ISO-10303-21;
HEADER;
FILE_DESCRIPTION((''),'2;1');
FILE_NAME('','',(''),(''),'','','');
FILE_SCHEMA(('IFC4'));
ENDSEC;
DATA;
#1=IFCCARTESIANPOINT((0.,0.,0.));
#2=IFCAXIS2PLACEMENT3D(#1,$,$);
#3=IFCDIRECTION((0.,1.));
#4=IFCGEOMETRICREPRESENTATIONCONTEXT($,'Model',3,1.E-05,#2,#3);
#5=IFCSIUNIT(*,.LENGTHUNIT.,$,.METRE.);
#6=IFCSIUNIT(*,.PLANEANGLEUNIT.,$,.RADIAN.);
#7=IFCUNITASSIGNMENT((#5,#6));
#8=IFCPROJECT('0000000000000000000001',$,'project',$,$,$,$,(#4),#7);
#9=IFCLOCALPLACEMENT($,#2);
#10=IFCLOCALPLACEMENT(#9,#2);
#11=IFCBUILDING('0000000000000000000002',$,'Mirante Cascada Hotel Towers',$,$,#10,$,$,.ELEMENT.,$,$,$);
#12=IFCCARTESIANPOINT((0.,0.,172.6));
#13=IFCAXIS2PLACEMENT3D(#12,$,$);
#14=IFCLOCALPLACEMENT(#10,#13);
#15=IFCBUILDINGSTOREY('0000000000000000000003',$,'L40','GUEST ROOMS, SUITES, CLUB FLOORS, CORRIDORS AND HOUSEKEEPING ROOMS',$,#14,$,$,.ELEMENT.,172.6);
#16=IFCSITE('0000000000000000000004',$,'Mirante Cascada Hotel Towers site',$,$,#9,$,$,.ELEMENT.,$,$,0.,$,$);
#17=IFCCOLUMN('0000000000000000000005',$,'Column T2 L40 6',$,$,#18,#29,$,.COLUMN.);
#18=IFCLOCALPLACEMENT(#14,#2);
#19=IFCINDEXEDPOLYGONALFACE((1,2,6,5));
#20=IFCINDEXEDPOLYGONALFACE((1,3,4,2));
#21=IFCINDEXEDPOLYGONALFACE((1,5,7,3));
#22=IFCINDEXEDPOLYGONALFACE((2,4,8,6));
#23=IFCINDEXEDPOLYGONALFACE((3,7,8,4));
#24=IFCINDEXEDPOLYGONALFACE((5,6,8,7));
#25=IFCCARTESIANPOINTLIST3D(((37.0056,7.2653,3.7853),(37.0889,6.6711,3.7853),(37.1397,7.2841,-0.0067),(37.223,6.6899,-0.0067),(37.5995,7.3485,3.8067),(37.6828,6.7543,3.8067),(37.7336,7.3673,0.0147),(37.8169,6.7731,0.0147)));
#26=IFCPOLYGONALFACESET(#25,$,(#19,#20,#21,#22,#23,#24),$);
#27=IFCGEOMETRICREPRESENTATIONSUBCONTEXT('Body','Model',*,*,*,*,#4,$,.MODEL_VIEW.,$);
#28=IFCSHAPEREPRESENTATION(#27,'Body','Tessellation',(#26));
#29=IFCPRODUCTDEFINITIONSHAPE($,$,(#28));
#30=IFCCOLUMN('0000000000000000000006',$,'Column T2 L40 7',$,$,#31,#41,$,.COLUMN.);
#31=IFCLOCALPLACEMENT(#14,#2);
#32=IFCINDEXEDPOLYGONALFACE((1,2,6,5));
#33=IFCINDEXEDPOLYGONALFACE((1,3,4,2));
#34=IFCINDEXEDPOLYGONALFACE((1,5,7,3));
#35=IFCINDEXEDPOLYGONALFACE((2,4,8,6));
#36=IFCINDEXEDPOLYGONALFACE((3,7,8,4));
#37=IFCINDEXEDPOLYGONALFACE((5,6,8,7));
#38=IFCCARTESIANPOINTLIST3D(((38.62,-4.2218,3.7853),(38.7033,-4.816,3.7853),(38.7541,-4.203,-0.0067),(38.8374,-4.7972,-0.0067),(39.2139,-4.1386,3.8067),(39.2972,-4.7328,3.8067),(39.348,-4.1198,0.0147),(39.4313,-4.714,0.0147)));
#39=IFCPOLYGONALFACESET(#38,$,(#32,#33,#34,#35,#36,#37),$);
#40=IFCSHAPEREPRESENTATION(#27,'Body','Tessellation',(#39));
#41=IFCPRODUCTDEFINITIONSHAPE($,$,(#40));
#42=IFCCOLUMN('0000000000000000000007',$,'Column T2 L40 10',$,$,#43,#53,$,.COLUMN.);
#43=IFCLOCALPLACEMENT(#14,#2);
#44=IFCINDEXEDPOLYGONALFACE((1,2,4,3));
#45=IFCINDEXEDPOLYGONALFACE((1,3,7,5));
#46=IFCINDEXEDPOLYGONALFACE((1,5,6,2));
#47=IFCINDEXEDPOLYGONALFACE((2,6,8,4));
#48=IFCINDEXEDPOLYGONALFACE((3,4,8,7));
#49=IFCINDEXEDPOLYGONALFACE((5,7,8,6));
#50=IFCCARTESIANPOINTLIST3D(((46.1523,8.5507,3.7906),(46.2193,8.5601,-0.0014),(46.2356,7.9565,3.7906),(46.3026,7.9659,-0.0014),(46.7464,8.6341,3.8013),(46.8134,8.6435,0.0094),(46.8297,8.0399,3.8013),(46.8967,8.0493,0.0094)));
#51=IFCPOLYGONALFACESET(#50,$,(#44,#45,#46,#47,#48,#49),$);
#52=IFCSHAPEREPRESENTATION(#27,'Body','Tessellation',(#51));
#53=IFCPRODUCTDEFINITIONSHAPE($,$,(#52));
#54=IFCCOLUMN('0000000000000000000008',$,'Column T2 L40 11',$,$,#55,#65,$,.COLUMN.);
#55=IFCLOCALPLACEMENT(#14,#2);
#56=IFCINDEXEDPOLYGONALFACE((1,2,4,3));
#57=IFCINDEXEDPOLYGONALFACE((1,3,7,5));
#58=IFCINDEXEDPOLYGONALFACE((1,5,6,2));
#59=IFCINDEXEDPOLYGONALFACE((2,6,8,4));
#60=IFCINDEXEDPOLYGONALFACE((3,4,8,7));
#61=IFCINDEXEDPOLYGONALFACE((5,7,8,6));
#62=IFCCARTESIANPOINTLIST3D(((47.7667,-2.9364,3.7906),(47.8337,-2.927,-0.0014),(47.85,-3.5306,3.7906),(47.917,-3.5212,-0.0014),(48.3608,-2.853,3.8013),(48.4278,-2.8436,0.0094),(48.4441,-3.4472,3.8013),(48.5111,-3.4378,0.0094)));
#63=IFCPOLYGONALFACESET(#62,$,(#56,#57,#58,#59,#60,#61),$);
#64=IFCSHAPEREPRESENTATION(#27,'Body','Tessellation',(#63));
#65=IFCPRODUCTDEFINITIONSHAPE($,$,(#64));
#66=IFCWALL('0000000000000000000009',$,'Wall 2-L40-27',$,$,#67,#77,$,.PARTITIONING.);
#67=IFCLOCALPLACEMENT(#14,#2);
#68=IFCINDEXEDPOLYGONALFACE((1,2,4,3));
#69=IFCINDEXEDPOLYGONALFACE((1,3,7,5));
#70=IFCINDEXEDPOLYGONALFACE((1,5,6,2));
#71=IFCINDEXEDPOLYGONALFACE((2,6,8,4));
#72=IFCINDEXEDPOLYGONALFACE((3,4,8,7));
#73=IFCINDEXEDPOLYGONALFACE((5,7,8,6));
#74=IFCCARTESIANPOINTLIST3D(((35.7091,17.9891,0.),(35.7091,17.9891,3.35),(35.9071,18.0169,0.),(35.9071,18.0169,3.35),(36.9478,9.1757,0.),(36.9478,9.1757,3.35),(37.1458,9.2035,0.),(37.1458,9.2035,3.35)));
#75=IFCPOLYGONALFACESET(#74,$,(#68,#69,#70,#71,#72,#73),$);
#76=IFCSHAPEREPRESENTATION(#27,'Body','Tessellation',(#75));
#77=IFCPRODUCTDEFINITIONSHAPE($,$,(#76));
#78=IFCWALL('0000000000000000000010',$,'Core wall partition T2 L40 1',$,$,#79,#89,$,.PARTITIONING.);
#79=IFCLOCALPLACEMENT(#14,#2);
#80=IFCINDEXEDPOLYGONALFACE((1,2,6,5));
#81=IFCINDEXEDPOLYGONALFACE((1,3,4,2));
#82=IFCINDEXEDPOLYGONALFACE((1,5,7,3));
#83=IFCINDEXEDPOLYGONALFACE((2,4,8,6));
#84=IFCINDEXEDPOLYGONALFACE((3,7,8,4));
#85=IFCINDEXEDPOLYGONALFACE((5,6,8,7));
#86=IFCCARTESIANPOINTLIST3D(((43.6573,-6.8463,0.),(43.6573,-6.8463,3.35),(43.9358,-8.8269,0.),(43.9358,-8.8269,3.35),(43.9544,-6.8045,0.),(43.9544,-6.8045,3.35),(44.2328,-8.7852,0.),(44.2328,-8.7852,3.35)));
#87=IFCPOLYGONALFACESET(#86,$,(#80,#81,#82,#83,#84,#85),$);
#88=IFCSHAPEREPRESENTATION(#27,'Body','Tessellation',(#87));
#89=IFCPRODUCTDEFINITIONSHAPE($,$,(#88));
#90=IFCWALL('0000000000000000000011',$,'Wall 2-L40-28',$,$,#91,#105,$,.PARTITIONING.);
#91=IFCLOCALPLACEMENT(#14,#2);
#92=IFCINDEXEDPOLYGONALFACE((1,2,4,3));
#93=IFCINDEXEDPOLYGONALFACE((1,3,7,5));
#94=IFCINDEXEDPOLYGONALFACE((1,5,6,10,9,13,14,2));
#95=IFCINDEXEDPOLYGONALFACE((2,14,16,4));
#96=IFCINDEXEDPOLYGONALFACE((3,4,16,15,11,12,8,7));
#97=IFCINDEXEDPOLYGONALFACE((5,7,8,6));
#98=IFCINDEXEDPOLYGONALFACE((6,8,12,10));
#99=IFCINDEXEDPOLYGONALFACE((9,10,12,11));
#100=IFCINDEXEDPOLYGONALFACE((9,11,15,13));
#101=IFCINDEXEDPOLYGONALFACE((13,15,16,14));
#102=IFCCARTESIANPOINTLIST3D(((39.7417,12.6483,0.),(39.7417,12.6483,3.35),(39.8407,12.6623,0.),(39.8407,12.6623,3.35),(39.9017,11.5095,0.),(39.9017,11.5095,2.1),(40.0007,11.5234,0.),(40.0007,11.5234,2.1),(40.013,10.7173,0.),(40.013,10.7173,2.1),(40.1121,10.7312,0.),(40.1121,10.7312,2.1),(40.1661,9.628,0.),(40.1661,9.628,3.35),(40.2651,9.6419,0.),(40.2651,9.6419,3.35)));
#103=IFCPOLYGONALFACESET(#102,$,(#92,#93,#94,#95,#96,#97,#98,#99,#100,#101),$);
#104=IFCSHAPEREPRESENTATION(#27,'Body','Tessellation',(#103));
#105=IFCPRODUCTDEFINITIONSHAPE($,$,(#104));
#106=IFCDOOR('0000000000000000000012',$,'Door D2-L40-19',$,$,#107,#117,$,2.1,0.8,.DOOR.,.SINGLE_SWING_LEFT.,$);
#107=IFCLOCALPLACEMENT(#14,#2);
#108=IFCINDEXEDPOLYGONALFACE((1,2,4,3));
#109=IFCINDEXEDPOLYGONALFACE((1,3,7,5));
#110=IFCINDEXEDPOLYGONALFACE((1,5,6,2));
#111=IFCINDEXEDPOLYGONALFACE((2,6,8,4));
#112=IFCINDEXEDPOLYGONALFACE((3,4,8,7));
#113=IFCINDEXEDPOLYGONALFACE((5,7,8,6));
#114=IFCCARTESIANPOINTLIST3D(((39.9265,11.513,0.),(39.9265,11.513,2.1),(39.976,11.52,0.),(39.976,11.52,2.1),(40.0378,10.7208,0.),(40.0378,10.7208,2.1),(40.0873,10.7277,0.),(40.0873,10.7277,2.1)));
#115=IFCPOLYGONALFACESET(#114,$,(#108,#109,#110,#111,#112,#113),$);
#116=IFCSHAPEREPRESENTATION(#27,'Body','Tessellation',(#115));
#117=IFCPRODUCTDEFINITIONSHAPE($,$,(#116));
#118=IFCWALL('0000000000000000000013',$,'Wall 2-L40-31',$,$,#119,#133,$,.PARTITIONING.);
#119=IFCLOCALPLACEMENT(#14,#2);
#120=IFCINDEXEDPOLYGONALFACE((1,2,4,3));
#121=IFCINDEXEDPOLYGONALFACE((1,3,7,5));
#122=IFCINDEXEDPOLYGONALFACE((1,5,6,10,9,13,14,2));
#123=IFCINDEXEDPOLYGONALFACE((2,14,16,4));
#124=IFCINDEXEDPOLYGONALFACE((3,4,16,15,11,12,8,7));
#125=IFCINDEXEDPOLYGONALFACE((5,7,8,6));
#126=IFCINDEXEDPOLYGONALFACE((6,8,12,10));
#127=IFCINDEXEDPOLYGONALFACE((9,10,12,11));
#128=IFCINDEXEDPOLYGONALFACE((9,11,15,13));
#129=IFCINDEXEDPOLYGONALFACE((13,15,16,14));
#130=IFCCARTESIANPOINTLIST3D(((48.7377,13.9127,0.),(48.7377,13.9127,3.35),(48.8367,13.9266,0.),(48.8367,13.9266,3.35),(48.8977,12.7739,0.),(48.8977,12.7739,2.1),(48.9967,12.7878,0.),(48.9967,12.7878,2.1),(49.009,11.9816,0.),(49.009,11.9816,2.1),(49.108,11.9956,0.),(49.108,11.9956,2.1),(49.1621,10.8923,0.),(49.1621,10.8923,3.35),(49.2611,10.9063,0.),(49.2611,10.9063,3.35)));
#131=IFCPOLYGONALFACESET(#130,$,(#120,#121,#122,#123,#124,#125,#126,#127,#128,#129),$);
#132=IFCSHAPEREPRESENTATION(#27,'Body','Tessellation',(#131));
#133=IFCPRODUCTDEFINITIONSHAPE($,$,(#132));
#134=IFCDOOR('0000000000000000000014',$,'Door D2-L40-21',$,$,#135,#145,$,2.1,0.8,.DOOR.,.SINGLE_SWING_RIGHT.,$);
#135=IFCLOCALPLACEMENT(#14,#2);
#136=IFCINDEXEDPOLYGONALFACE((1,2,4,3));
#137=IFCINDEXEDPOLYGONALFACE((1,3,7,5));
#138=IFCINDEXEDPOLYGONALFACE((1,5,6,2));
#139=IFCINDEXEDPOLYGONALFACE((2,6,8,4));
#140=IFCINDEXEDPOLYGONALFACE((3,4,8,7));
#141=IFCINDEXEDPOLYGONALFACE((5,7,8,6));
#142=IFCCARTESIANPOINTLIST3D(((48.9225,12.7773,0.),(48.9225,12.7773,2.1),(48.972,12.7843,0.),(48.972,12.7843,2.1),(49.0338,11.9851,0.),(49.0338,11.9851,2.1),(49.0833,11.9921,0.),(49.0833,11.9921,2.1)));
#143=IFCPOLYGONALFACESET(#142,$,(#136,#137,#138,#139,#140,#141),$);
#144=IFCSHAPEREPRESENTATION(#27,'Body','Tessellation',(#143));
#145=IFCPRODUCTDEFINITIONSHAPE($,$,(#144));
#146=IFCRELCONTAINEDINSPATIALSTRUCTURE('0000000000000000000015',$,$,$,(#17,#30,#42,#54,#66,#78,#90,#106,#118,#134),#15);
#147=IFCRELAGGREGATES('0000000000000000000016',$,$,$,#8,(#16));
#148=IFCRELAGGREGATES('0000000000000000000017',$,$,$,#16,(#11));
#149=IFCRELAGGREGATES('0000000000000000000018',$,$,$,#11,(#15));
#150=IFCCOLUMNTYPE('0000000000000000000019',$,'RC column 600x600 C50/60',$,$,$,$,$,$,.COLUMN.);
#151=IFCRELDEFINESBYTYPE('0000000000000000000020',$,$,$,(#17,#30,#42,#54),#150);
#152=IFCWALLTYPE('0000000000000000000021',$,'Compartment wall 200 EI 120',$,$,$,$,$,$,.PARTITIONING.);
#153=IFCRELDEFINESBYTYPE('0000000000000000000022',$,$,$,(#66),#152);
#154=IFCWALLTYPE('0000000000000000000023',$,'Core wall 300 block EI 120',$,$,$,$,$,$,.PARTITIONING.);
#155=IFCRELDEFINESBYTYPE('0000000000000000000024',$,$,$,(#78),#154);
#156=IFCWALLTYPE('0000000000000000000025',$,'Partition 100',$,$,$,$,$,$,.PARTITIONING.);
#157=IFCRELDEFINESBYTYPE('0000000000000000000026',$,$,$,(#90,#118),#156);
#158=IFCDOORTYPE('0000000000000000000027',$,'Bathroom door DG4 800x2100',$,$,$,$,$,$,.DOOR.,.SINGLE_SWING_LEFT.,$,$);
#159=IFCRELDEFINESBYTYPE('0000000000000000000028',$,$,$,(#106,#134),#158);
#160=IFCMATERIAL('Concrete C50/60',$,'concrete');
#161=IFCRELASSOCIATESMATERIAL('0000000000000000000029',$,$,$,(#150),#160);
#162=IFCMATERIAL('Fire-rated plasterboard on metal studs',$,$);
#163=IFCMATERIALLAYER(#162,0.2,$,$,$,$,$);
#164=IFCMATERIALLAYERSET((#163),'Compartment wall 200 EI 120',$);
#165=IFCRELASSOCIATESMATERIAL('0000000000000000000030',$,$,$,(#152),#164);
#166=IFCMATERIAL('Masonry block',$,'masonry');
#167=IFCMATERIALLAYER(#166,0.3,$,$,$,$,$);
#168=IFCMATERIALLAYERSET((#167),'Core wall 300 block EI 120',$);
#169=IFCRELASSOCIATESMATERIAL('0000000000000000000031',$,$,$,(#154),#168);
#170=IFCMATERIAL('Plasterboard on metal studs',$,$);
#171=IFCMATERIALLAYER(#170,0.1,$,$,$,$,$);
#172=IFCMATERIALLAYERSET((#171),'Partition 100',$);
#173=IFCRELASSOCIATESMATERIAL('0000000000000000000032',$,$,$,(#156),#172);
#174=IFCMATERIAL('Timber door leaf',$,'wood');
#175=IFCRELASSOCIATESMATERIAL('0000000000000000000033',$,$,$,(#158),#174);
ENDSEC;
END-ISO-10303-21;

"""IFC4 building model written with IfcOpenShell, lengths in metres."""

from ifc_helpers import new_model, si_unit, direction, frame, frame_2d, origin, origin_2d, place, context, subcontext, project, spatial, rectangle, extrude, material, layer, layer_set, material_profile, profile_set, type_object, element, fill, save


model = new_model("IFC4")

# Units and contexts
model_context = context("Model", 3, precision=1e-05, world=origin(), true_north=direction((0.0, 1.0)))
body_context = subcontext(model_context, "Body", "Model", "MODEL_VIEW")
ifc_project = project(units=[si_unit("LENGTHUNIT", "METRE"), si_unit("PLANEANGLEUNIT", "RADIAN")], contexts=[model_context])

# Site, building, storey
site_placement = place(None, origin())
site = spatial("IfcSite", under=ifc_project, at=site_placement, Name="Mirante Cascada Hotel Towers site", CompositionType="ELEMENT", RefElevation=0.0)
building_placement = place(site_placement, origin())
building = spatial("IfcBuilding", under=site, at=building_placement, Name="Mirante Cascada Hotel Towers", CompositionType="ELEMENT")
storey_placement = place(building_placement, frame((0.0, 0.0, 172.6)))
storey = spatial("IfcBuildingStorey", under=building, at=storey_placement, Name="L40", Description="GUEST ROOMS, SUITES, CLUB FLOORS, CORRIDORS AND HOUSEKEEPING ROOMS", CompositionType="ELEMENT", Elevation=172.6)

# Columns
ifc_material_1 = material(Name="Concrete C50/60", Category="concrete")
ifc_material_profile = material_profile(ifc_material_1, rectangle(XDim=0.6, YDim=0.6, at=origin_2d()), Name="RC column 600x600 C50/60")
ifc_profile_set = profile_set([ifc_material_profile], Name="Concrete C50/60")
column_type = type_object("IfcColumnType", Name="RC column 600x600 C50/60", PredefinedType="COLUMN", material=ifc_profile_set)
for number, where, z_axis, x_axis, name in (
    (1, (37.4783, 7.0286, 0.004), (-0.035341, -0.004955, 0.999363), (0.138836, -0.990315, 0.0), "Column T2 L40 6"),
    (2, (39.0927, -4.4585, 0.004), (-0.035341, -0.004955, 0.999363), (0.138836, -0.990315, 0.0), "Column T2 L40 7"),
):
    element("IfcColumn", number, at=place(storey_placement, frame(where, z_axis=z_axis, x_axis=x_axis)), inside=storey, type_object=column_type, Name=name, PredefinedType="COLUMN", context=body_context, shape_type="SweptSolid", body=[
        extrude(rectangle(XDim=0.6, YDim=0.6, at=origin_2d()), origin(), (0.0, 0.0, 1.0), 3.7944),
    ])
for number, where, z_axis, x_axis, name in (
    (3, (46.558, 8.3047, 0.004), (-0.017666, -0.002478, 0.999841), (0.138938, -0.990301, 0.0), "Column T2 L40 10"),
    (4, (48.1724, -3.1824, 0.004), (-0.017666, -0.002478, 0.999841), (0.138938, -0.990301, 0.0), "Column T2 L40 11"),
):
    element("IfcColumn", number, at=place(storey_placement, frame(where, z_axis=z_axis, x_axis=x_axis)), inside=storey, type_object=column_type, Name=name, PredefinedType="COLUMN", context=body_context, shape_type="SweptSolid", body=[
        extrude(rectangle(XDim=0.6, YDim=0.6, at=origin_2d()), origin(), (0.0, 0.0, 1.0), 3.7926),
    ])

# Walls
ifc_material_2 = material(Name="Fire-rated plasterboard on metal studs")
ifc_layer_1 = layer(ifc_material_2, 0.2)
ifc_layer_set_1 = layer_set([ifc_layer_1], Name="Compartment wall 200 EI 120")
wall_type_1 = type_object("IfcWallType", Name="Compartment wall 200 EI 120", PredefinedType="PARTITIONING", material=ifc_layer_set_1)
wall_1_placement = place(storey_placement, frame((37.0468, 9.1896, 0.0), z_axis=(0.0, 0.0, 1.0), x_axis=(-0.139179, 0.990267, 0.0)))
element("IfcWall", 5, at=wall_1_placement, inside=storey, type_object=wall_type_1, Name="Wall 2-L40-27", PredefinedType="PARTITIONING", context=body_context, shape_type="SweptSolid", body=[
    extrude(rectangle(XDim=8.9, YDim=0.2, at=frame_2d((4.45, 0.0))), origin(), (0.0, 0.0, 1.0), 3.35),
])
ifc_material_3 = material(Name="Masonry block", Category="masonry")
ifc_layer_2 = layer(ifc_material_3, 0.3)
ifc_layer_set_2 = layer_set([ifc_layer_2], Name="Core wall 300 block EI 120")
wall_type_2 = type_object("IfcWallType", Name="Core wall 300 block EI 120", PredefinedType="PARTITIONING", material=ifc_layer_set_2)
wall_2_placement = place(storey_placement, frame((44.0843, -8.8061, 0.0), z_axis=(0.0, 0.0, 1.0), x_axis=(-0.139195, 0.990265, 0.0)))
element("IfcWall", 6, at=wall_2_placement, inside=storey, type_object=wall_type_2, Name="Core wall partition T2 L40 1", PredefinedType="PARTITIONING", context=body_context, shape_type="SweptSolid", body=[
    extrude(rectangle(XDim=2.0001, YDim=0.3, at=frame_2d((1.0001, 0.0))), origin(), (0.0, 0.0, 1.0), 3.35),
])

# Walls, openings, doors
ifc_material_4 = material(Name="Plasterboard on metal studs")
ifc_layer_3 = layer(ifc_material_4, 0.1)
ifc_layer_set_3 = layer_set([ifc_layer_3], Name="Partition 100")
wall_type_3 = type_object("IfcWallType", Name="Partition 100", PredefinedType="PARTITIONING", material=ifc_layer_set_3)
wall_3_placement = place(storey_placement, frame((39.7912, 12.6553, 0.0), z_axis=(0.0, 0.0, 1.0), x_axis=(0.139149, -0.990271, 0.0)))
wall_3 = element("IfcWall", 7, at=wall_3_placement, inside=storey, type_object=wall_type_3, Name="Wall 2-L40-28", PredefinedType="PARTITIONING", context=body_context, shape_type="SweptSolid", body=[
    extrude(rectangle(XDim=3.05, YDim=0.1, at=frame_2d((1.525, 0.0))), origin(), (0.0, 0.0, 1.0), 3.35),
])
opening_1_placement = place(wall_3_placement, frame((1.15, 0.0, 0.0)))
opening_1 = element("IfcOpeningElement", 8, at=opening_1_placement, cuts=wall_3, PredefinedType="OPENING", context=body_context, shape_type="SweptSolid", body=[
    extrude(rectangle(XDim=0.8, YDim=2.1, at=frame_2d((0.4, 1.05))), frame((0.0, 0.05, 0.0), z_axis=(0.0, -1.0, 0.0), x_axis=(1.0, 0.0, 0.0)), (0.0, 0.0, 1.0), 0.1),
])
ifc_material_5 = material(Name="Timber door leaf", Category="wood")
door_type_1 = type_object("IfcDoorType", Name="Bathroom door DG4 800x2100", OperationType="SINGLE_SWING_LEFT", PredefinedType="DOOR", material=ifc_material_5)
door_1_placement = place(opening_1_placement, origin())
door_1 = element("IfcDoor", 9, at=door_1_placement, inside=storey, type_object=door_type_1, Name="Door D2-L40-19", OperationType="SINGLE_SWING_LEFT", OverallHeight=2.1, OverallWidth=0.8, PredefinedType="DOOR", context=body_context, shape_type="SweptSolid", body=[
    extrude(rectangle(XDim=0.8, YDim=2.1, at=frame_2d((0.4, 1.05))), frame((0.0, 0.025, 0.0), z_axis=(0.0, -1.0, 0.0), x_axis=(1.0, 0.0, 0.0)), (0.0, 0.0, 1.0), 0.05),
])
fill(opening_1, door_1)
wall_4_placement = place(storey_placement, frame((49.2116, 10.8993, 0.0), z_axis=(0.0, 0.0, 1.0), x_axis=(-0.139149, 0.990271, 0.0)))
wall_4 = element("IfcWall", 10, at=wall_4_placement, inside=storey, type_object=wall_type_3, Name="Wall 2-L40-31", PredefinedType="PARTITIONING", context=body_context, shape_type="SweptSolid", body=[
    extrude(rectangle(XDim=3.05, YDim=0.1, at=frame_2d((1.525, 0.0))), origin(), (0.0, 0.0, 1.0), 3.35),
])
opening_2_placement = place(wall_4_placement, frame((1.1, 0.0, 0.0)))
opening_2 = element("IfcOpeningElement", 11, at=opening_2_placement, cuts=wall_4, PredefinedType="OPENING", context=body_context, shape_type="SweptSolid", body=[
    extrude(rectangle(XDim=0.8, YDim=2.1, at=frame_2d((0.4, 1.05))), frame((0.0, 0.05, 0.0), z_axis=(0.0, -1.0, 0.0), x_axis=(1.0, 0.0, 0.0)), (0.0, 0.0, 1.0), 0.1),
])
door_2_placement = place(opening_2_placement, frame((0.8, 0.0, 0.0), z_axis=(0.0, 0.0, 1.0), x_axis=(-1.0, 0.0, 0.0)))
door_2 = element("IfcDoor", 12, at=door_2_placement, inside=storey, type_object=door_type_1, Name="Door D2-L40-21", OperationType="SINGLE_SWING_RIGHT", OverallHeight=2.1, OverallWidth=0.8, PredefinedType="DOOR", context=body_context, shape_type="SweptSolid", body=[
    extrude(rectangle(XDim=0.8, YDim=2.1, at=frame_2d((0.4, 1.05))), frame((0.0, 0.025, 0.0), z_axis=(0.0, -1.0, 0.0), x_axis=(1.0, 0.0, 0.0)), (0.0, 0.0, 1.0), 0.05),
])
fill(opening_2, door_2)

save(model, "model.ifc")
